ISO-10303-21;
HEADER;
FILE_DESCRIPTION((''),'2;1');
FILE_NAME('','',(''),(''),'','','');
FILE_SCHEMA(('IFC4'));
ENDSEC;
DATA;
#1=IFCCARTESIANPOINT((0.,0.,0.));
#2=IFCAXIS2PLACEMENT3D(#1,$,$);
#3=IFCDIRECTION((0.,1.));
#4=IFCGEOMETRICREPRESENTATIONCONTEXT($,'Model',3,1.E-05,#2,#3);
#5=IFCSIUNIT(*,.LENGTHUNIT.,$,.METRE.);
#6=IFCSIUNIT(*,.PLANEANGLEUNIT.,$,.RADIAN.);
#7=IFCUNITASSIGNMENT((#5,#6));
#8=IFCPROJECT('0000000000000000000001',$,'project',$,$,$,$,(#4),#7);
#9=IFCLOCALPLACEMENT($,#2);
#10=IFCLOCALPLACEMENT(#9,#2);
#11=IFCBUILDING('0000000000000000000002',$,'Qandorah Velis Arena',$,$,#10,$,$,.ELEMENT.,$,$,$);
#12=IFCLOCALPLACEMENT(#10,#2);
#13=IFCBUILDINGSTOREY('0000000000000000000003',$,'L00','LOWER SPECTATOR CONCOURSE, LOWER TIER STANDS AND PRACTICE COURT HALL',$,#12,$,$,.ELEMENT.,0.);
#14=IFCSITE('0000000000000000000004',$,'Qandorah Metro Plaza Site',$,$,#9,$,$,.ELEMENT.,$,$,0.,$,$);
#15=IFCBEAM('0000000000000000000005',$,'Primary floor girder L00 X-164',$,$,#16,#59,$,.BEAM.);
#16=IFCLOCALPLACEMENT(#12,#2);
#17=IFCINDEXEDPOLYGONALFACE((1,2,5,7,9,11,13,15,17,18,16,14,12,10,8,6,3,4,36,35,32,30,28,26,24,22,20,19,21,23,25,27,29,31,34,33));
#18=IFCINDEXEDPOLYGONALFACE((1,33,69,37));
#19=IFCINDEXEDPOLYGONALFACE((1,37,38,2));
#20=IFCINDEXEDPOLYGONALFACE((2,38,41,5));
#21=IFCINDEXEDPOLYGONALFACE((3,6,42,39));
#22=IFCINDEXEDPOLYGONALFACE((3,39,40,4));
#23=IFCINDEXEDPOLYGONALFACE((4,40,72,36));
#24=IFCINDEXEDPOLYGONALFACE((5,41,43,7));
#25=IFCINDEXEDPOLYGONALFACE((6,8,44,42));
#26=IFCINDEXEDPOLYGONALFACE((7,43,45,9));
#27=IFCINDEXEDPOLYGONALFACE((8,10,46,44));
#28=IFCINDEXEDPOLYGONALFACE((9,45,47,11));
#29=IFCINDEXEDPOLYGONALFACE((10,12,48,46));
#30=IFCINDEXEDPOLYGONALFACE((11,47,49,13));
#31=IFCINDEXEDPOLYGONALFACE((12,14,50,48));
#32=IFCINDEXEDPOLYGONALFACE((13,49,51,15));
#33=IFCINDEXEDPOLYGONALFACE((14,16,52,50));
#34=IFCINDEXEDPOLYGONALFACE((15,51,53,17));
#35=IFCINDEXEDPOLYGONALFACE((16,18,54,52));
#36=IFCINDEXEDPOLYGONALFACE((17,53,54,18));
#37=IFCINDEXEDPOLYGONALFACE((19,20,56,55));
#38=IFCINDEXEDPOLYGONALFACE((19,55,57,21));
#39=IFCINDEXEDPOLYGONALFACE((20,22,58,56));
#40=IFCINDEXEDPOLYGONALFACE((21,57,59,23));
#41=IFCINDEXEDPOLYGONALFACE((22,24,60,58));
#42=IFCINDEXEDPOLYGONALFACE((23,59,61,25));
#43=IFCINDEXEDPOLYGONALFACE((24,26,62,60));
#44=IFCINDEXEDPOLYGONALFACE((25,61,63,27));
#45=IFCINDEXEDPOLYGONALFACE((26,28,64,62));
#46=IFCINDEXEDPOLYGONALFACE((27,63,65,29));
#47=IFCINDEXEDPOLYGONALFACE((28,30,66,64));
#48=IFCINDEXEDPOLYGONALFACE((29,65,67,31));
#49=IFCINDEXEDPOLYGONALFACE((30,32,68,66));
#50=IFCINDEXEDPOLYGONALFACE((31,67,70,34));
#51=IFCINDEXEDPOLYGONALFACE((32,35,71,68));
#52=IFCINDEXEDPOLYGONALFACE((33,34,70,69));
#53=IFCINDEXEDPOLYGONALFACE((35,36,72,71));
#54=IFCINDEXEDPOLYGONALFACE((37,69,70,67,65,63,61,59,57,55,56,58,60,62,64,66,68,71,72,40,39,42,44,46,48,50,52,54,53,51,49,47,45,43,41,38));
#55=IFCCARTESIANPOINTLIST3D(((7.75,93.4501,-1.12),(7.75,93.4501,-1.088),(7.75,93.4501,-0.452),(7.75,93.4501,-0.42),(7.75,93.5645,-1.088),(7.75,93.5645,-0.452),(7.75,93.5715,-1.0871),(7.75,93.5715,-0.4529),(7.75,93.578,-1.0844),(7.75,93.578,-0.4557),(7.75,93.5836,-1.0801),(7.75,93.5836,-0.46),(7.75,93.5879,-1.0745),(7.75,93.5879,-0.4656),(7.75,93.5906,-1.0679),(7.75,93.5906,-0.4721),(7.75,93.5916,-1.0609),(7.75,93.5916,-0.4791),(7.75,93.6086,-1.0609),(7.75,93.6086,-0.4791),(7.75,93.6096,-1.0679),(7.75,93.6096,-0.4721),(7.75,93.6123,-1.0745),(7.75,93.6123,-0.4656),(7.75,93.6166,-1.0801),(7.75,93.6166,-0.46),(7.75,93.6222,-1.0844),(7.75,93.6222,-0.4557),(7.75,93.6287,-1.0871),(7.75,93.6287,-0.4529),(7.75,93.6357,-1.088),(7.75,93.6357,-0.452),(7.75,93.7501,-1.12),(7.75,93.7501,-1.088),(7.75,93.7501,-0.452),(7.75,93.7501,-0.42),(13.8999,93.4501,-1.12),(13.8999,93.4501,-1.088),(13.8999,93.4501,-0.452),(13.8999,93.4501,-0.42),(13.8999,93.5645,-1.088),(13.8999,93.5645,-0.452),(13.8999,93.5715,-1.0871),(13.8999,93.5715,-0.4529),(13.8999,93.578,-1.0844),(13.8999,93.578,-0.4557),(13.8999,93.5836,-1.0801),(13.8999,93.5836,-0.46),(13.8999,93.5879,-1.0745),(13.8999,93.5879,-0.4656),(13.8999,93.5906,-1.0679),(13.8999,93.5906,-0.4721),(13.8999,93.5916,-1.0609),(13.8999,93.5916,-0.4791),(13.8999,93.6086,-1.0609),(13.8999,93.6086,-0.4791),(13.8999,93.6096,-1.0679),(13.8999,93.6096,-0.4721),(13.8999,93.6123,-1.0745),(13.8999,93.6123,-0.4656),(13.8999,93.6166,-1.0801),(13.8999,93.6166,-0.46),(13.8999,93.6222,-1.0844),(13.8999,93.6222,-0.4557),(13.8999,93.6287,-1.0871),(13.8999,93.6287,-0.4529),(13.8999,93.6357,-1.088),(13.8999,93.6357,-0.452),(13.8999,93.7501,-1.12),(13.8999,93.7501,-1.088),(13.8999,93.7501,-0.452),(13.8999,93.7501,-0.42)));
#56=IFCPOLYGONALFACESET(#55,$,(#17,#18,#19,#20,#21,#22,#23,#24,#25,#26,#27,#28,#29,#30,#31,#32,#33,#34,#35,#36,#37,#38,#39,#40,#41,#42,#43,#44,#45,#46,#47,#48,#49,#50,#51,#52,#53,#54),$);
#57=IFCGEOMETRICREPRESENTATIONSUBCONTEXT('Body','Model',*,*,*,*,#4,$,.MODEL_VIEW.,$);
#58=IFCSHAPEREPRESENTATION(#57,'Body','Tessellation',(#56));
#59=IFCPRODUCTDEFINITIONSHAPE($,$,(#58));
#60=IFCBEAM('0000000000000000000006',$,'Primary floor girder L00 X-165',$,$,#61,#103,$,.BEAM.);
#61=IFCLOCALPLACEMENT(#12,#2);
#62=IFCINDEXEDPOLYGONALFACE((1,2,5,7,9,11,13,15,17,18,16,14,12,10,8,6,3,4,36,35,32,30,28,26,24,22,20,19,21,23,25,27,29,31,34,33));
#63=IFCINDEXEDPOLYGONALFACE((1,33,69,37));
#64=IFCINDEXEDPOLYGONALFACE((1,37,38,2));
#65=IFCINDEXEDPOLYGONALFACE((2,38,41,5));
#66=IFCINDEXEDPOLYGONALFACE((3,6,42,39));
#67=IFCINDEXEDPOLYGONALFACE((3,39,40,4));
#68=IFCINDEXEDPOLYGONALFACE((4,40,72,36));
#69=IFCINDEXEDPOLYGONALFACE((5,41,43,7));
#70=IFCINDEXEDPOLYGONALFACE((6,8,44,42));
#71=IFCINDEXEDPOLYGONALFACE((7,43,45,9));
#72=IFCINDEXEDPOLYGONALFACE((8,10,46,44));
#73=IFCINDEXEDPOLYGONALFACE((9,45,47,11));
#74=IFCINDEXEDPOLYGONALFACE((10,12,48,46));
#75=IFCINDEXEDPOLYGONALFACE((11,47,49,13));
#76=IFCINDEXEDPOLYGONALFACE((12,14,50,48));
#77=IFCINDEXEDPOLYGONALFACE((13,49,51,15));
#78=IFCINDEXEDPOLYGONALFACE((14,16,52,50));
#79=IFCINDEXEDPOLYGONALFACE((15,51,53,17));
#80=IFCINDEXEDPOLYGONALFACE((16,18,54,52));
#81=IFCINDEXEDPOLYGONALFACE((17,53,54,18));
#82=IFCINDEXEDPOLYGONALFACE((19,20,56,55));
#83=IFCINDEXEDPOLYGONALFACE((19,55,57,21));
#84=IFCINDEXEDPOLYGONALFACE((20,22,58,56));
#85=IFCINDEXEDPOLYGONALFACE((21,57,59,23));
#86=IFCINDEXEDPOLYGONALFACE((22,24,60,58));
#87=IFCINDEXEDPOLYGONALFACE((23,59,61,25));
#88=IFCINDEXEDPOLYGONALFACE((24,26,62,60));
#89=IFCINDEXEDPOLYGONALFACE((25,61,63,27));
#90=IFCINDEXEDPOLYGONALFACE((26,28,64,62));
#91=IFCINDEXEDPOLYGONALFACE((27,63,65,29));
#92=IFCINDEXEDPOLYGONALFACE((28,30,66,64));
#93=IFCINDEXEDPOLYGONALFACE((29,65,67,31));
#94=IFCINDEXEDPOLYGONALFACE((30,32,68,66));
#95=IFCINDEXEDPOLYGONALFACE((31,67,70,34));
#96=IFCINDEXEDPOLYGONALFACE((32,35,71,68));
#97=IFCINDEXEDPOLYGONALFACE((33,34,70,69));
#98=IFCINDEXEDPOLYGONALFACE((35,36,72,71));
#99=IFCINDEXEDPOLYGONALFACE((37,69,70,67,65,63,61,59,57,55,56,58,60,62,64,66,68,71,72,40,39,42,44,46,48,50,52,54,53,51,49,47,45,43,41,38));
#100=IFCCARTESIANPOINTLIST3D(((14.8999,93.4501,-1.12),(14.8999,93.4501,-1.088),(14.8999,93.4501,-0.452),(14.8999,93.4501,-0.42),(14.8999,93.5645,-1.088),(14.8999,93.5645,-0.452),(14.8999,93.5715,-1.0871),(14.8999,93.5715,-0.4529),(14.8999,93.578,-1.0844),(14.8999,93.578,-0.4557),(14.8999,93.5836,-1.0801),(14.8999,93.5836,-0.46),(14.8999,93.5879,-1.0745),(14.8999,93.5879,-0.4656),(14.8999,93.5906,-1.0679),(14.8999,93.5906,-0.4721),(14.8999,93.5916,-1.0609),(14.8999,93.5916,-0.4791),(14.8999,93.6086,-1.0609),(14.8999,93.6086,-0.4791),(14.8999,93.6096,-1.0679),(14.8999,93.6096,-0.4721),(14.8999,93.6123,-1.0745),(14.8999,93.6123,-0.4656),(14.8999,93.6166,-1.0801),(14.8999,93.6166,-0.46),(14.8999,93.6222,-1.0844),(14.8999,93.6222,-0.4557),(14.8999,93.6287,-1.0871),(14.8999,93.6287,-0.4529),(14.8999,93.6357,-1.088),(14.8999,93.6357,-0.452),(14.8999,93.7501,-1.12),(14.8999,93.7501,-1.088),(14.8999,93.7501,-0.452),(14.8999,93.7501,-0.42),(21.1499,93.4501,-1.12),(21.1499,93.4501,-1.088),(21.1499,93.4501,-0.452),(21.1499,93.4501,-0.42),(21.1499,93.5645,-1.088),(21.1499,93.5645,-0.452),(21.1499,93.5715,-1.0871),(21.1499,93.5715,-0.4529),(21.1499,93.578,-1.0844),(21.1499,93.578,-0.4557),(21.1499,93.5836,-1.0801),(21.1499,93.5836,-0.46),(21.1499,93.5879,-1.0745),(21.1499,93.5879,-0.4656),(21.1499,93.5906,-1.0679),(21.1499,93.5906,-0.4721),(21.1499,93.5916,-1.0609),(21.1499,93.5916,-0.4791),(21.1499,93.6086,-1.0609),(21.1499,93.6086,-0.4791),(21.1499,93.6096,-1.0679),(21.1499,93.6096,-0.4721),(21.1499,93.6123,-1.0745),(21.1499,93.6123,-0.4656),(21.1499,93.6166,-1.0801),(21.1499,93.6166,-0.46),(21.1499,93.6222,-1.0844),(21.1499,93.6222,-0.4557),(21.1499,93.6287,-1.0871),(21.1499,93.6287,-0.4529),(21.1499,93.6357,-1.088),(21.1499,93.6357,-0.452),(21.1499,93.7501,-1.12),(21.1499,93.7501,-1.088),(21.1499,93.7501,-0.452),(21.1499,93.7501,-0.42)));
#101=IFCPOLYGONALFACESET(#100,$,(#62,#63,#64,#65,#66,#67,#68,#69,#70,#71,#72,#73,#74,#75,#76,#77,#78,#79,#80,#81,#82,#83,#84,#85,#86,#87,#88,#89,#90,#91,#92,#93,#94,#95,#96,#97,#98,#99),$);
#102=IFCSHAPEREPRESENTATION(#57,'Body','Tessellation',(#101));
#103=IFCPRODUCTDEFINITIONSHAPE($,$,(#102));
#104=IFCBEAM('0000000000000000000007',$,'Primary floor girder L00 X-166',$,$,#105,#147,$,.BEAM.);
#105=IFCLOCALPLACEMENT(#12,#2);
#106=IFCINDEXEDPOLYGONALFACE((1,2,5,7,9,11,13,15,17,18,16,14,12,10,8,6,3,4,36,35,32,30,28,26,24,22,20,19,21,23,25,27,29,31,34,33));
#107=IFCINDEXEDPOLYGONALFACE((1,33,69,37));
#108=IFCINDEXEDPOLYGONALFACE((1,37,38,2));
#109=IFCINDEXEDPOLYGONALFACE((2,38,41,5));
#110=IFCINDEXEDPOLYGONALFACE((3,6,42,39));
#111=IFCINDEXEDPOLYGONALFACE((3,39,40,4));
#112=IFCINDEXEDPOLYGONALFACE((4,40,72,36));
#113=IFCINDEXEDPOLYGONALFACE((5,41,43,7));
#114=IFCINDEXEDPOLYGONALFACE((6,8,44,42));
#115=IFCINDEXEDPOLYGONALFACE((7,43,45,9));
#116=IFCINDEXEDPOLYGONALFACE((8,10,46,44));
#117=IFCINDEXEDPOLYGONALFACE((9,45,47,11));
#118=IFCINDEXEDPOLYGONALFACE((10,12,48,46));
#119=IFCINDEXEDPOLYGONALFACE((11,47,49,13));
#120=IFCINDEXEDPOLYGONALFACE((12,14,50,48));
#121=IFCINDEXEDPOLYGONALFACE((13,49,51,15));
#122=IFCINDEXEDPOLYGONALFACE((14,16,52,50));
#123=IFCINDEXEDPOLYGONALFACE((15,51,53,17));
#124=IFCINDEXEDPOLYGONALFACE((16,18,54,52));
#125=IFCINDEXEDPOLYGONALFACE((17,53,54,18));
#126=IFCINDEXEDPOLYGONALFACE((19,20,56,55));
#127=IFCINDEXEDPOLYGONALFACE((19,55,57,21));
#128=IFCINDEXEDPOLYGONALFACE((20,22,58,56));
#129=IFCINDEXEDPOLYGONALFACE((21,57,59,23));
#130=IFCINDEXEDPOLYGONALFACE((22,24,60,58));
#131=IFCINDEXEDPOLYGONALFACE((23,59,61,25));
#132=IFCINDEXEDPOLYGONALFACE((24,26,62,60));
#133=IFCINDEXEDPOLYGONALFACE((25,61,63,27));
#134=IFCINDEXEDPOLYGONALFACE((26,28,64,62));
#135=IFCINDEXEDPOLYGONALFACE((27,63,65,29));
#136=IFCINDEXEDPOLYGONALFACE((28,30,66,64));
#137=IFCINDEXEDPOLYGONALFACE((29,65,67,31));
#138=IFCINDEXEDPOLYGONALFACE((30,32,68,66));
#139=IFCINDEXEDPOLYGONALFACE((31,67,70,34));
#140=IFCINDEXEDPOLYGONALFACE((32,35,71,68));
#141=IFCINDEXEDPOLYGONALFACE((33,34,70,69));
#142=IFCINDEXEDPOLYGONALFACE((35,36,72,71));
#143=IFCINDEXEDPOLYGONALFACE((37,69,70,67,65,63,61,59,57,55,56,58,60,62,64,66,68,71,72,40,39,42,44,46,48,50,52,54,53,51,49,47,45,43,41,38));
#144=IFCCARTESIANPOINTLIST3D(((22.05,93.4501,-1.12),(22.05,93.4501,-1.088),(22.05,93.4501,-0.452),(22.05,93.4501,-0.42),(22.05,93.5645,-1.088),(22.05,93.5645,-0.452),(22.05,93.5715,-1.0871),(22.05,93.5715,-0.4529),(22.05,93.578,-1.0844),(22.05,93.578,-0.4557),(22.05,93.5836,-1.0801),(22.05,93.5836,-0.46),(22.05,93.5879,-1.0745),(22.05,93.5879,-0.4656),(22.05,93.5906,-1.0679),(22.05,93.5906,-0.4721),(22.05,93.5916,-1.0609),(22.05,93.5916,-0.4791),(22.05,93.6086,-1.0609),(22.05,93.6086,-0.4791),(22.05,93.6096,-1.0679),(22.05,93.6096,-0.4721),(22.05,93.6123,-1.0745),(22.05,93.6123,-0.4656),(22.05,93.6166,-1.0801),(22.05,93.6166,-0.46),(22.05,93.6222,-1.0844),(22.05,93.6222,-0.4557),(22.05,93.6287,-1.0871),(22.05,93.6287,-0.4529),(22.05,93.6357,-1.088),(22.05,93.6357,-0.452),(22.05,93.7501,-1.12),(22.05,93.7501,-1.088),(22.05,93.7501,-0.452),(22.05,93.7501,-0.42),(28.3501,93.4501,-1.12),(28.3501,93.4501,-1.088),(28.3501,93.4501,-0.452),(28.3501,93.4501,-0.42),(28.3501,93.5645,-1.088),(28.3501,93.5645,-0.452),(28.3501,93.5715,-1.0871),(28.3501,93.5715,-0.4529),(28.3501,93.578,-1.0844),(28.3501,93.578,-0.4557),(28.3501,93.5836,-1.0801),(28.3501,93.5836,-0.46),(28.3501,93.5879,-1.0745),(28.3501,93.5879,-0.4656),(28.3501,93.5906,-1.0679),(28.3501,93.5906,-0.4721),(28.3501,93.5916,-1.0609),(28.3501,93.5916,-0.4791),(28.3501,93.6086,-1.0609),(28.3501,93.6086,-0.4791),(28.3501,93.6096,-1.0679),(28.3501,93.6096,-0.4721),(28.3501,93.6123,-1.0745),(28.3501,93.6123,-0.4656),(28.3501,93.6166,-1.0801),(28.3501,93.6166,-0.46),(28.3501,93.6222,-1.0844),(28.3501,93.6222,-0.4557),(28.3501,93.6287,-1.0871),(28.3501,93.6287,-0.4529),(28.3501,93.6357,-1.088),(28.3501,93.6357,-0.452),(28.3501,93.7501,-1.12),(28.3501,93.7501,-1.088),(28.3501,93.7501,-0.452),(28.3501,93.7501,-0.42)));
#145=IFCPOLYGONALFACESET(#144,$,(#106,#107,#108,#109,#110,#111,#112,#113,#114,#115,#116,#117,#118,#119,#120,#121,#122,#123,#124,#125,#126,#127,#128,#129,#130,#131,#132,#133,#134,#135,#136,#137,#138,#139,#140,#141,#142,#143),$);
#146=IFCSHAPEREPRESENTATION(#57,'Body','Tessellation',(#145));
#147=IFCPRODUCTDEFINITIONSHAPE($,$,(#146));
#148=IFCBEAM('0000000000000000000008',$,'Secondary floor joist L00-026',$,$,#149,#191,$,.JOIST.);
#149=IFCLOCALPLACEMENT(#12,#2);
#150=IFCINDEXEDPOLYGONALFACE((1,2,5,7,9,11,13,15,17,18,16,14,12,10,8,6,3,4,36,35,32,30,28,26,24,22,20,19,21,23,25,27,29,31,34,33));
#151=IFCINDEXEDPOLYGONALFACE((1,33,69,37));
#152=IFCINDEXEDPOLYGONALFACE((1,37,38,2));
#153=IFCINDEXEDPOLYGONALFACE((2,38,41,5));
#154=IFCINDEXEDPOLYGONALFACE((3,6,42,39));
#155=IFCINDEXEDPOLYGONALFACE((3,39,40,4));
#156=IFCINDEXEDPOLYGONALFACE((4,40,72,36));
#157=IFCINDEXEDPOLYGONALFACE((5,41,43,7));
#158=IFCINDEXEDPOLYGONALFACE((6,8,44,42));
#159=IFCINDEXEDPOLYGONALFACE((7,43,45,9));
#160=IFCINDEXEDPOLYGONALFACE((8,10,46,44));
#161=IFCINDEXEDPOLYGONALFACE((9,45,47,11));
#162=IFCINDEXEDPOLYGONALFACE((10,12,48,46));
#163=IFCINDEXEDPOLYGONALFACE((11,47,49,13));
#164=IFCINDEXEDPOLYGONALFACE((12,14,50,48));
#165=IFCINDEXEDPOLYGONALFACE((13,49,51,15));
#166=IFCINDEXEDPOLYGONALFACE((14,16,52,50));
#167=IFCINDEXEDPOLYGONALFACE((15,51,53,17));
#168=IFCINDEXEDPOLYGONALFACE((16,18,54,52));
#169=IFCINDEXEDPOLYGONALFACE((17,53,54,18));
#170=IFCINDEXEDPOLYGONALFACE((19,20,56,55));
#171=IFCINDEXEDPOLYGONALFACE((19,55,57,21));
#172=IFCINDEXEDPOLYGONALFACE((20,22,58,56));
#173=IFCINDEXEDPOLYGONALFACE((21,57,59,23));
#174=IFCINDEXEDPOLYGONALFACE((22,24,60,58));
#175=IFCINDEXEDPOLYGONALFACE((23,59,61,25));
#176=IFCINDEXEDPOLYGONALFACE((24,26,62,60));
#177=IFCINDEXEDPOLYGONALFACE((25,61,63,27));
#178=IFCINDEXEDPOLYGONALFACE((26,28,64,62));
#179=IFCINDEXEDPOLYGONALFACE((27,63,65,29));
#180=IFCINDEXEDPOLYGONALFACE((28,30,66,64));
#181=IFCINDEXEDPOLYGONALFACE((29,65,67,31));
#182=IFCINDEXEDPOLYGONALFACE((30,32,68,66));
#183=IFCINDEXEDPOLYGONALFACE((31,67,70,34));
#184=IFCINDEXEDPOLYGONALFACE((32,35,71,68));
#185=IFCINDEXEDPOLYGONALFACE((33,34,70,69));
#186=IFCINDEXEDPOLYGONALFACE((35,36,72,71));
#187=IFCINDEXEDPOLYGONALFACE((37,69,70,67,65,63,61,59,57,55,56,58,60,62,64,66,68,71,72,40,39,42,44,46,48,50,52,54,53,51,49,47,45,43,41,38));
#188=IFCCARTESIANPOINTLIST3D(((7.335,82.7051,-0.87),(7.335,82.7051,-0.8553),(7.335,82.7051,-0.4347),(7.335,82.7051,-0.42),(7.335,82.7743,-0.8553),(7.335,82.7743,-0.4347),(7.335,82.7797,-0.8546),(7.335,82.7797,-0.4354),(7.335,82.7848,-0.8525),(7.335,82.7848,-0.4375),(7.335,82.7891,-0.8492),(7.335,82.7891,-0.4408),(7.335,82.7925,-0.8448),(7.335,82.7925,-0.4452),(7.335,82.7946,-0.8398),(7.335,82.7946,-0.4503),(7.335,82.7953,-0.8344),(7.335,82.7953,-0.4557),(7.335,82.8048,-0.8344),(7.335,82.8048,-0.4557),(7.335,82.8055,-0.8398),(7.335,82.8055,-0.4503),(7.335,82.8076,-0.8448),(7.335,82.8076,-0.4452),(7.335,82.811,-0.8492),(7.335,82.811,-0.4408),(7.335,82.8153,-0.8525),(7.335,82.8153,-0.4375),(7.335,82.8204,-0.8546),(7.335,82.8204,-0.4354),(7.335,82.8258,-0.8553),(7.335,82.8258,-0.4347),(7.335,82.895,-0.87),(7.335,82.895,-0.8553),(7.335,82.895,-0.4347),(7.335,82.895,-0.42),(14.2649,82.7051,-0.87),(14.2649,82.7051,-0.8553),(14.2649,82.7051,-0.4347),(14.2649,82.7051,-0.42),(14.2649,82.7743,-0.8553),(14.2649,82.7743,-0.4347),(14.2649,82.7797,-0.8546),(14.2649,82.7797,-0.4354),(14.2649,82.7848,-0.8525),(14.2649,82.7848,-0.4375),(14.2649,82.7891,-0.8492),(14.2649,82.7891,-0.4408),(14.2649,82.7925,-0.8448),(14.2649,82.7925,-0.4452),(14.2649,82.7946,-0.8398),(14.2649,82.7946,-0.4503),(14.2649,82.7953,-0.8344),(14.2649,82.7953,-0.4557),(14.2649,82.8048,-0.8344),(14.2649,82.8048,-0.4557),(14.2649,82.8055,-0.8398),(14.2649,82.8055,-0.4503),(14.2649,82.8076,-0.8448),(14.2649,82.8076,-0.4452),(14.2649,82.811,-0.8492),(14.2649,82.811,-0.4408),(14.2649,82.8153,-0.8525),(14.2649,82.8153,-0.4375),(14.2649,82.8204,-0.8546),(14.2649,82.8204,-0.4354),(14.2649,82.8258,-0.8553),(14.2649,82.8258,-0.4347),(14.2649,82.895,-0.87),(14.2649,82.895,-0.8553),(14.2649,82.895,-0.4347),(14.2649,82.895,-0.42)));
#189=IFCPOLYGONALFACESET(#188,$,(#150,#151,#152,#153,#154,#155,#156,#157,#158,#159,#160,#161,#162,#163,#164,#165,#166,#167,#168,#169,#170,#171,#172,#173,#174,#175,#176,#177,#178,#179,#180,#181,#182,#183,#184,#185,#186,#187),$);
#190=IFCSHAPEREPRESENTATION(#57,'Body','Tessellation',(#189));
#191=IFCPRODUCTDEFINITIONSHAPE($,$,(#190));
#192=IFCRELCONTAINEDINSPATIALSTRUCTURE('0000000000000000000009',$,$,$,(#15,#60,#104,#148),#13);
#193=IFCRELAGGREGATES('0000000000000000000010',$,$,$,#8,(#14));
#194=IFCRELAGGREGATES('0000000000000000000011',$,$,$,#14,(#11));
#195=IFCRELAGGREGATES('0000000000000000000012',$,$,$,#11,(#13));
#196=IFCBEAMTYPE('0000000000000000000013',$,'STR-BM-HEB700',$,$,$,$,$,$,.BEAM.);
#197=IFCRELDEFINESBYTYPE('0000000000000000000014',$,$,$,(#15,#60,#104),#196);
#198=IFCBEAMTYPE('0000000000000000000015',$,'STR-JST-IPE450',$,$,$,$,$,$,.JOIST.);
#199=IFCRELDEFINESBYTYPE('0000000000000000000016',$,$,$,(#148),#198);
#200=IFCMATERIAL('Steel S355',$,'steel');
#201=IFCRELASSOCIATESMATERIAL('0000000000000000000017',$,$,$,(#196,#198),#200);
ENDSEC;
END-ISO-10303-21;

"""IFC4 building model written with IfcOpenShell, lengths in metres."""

from ifc_helpers import new_model, si_unit, direction, frame, origin, origin_2d, place, context, subcontext, project, spatial, i_section, extrude, material, material_profile, profile_set, type_object, element, save


model = new_model("IFC4")

# Units and contexts
model_context = context("Model", 3, precision=1e-05, world=origin(), true_north=direction((0.0, 1.0)))
body_context = subcontext(model_context, "Body", "Model", "MODEL_VIEW")
ifc_project = project(units=[si_unit("LENGTHUNIT", "METRE"), si_unit("PLANEANGLEUNIT", "RADIAN")], contexts=[model_context])

# Site, building, storey
site_placement = place(None, origin())
site = spatial("IfcSite", under=ifc_project, at=site_placement, Name="Qandorah Metro Plaza Site", CompositionType="ELEMENT", RefElevation=0.0)
building_placement = place(site_placement, origin())
building = spatial("IfcBuilding", under=site, at=building_placement, Name="Qandorah Velis Arena", CompositionType="ELEMENT")
storey_placement = place(building_placement, origin())
storey = spatial("IfcBuildingStorey", under=building, at=storey_placement, Name="L00", Description="LOWER SPECTATOR CONCOURSE, LOWER TIER STANDS AND PRACTICE COURT HALL", CompositionType="ELEMENT", Elevation=0.0)

# Beams
ifc_material_1 = material(Name="Steel S355", Category="steel")
ifc_material_profile_1 = material_profile(ifc_material_1, i_section(OverallWidth=0.3, OverallDepth=0.7, WebThickness=0.0171, FlangeThickness=0.032, FilletRadius=0.0271, at=origin_2d()), Name="HEB 700")
ifc_profile_set_1 = profile_set([ifc_material_profile_1], Name="Steel S355")
beam_type_1 = type_object("IfcBeamType", Name="STR-BM-HEB700", PredefinedType="BEAM", material=ifc_profile_set_1)
beam_1_placement = place(storey_placement, frame((7.75, 93.6001, -0.77), z_axis=(1.0, 0.0, 0.0), x_axis=(0.0, 1.0, 0.0)))
element("IfcBeam", 1, at=beam_1_placement, inside=storey, type_object=beam_type_1, Name="Primary floor girder L00 X-164", PredefinedType="BEAM", context=body_context, shape_type="SweptSolid", body=[
    extrude(i_section(OverallWidth=0.3, OverallDepth=0.7, WebThickness=0.0171, FlangeThickness=0.032, FilletRadius=0.0271, at=origin_2d()), origin(), (0.0, 0.0, 1.0), 6.1499),
])
beam_2_placement = place(storey_placement, frame((14.8999, 93.6001, -0.77), z_axis=(1.0, 0.0, 0.0), x_axis=(0.0, 1.0, 0.0)))
element("IfcBeam", 2, at=beam_2_placement, inside=storey, type_object=beam_type_1, Name="Primary floor girder L00 X-165", PredefinedType="BEAM", context=body_context, shape_type="SweptSolid", body=[
    extrude(i_section(OverallWidth=0.3, OverallDepth=0.7, WebThickness=0.0171, FlangeThickness=0.032, FilletRadius=0.0271, at=origin_2d()), origin(), (0.0, 0.0, 1.0), 6.25),
])
beam_3_placement = place(storey_placement, frame((22.05, 93.6001, -0.77), z_axis=(1.0, 0.0, 0.0), x_axis=(0.0, 1.0, 0.0)))
element("IfcBeam", 3, at=beam_3_placement, inside=storey, type_object=beam_type_1, Name="Primary floor girder L00 X-166", PredefinedType="BEAM", context=body_context, shape_type="SweptSolid", body=[
    extrude(i_section(OverallWidth=0.3, OverallDepth=0.7, WebThickness=0.0171, FlangeThickness=0.032, FilletRadius=0.0271, at=origin_2d()), origin(), (0.0, 0.0, 1.0), 6.3),
])
ifc_material_profile_2 = material_profile(ifc_material_1, i_section(OverallWidth=0.1899, OverallDepth=0.45, WebThickness=0.0095, FlangeThickness=0.0146, FilletRadius=0.021, at=origin_2d()), Name="IPE 450")
ifc_profile_set_2 = profile_set([ifc_material_profile_2], Name="Steel S355")
beam_type_2 = type_object("IfcBeamType", Name="STR-JST-IPE450", PredefinedType="JOIST", material=ifc_profile_set_2)
for number, where, z_axis, x_axis, name in (
    (4, (7.335, 82.8, -0.645), (1.0, 0.0, 0.0), (0.0, 1.0, 0.0), "Secondary floor joist L00-026"),
):
    element("IfcBeam", number, at=place(storey_placement, frame(where, z_axis=z_axis, x_axis=x_axis)), inside=storey, type_object=beam_type_2, Name=name, PredefinedType="JOIST", context=body_context, shape_type="SweptSolid", body=[
        extrude(i_section(OverallWidth=0.1899, OverallDepth=0.45, WebThickness=0.0095, FlangeThickness=0.0146, FilletRadius=0.021, at=origin_2d()), origin(), (0.0, 0.0, 1.0), 6.9299),
    ])

save(model, "model.ifc")
